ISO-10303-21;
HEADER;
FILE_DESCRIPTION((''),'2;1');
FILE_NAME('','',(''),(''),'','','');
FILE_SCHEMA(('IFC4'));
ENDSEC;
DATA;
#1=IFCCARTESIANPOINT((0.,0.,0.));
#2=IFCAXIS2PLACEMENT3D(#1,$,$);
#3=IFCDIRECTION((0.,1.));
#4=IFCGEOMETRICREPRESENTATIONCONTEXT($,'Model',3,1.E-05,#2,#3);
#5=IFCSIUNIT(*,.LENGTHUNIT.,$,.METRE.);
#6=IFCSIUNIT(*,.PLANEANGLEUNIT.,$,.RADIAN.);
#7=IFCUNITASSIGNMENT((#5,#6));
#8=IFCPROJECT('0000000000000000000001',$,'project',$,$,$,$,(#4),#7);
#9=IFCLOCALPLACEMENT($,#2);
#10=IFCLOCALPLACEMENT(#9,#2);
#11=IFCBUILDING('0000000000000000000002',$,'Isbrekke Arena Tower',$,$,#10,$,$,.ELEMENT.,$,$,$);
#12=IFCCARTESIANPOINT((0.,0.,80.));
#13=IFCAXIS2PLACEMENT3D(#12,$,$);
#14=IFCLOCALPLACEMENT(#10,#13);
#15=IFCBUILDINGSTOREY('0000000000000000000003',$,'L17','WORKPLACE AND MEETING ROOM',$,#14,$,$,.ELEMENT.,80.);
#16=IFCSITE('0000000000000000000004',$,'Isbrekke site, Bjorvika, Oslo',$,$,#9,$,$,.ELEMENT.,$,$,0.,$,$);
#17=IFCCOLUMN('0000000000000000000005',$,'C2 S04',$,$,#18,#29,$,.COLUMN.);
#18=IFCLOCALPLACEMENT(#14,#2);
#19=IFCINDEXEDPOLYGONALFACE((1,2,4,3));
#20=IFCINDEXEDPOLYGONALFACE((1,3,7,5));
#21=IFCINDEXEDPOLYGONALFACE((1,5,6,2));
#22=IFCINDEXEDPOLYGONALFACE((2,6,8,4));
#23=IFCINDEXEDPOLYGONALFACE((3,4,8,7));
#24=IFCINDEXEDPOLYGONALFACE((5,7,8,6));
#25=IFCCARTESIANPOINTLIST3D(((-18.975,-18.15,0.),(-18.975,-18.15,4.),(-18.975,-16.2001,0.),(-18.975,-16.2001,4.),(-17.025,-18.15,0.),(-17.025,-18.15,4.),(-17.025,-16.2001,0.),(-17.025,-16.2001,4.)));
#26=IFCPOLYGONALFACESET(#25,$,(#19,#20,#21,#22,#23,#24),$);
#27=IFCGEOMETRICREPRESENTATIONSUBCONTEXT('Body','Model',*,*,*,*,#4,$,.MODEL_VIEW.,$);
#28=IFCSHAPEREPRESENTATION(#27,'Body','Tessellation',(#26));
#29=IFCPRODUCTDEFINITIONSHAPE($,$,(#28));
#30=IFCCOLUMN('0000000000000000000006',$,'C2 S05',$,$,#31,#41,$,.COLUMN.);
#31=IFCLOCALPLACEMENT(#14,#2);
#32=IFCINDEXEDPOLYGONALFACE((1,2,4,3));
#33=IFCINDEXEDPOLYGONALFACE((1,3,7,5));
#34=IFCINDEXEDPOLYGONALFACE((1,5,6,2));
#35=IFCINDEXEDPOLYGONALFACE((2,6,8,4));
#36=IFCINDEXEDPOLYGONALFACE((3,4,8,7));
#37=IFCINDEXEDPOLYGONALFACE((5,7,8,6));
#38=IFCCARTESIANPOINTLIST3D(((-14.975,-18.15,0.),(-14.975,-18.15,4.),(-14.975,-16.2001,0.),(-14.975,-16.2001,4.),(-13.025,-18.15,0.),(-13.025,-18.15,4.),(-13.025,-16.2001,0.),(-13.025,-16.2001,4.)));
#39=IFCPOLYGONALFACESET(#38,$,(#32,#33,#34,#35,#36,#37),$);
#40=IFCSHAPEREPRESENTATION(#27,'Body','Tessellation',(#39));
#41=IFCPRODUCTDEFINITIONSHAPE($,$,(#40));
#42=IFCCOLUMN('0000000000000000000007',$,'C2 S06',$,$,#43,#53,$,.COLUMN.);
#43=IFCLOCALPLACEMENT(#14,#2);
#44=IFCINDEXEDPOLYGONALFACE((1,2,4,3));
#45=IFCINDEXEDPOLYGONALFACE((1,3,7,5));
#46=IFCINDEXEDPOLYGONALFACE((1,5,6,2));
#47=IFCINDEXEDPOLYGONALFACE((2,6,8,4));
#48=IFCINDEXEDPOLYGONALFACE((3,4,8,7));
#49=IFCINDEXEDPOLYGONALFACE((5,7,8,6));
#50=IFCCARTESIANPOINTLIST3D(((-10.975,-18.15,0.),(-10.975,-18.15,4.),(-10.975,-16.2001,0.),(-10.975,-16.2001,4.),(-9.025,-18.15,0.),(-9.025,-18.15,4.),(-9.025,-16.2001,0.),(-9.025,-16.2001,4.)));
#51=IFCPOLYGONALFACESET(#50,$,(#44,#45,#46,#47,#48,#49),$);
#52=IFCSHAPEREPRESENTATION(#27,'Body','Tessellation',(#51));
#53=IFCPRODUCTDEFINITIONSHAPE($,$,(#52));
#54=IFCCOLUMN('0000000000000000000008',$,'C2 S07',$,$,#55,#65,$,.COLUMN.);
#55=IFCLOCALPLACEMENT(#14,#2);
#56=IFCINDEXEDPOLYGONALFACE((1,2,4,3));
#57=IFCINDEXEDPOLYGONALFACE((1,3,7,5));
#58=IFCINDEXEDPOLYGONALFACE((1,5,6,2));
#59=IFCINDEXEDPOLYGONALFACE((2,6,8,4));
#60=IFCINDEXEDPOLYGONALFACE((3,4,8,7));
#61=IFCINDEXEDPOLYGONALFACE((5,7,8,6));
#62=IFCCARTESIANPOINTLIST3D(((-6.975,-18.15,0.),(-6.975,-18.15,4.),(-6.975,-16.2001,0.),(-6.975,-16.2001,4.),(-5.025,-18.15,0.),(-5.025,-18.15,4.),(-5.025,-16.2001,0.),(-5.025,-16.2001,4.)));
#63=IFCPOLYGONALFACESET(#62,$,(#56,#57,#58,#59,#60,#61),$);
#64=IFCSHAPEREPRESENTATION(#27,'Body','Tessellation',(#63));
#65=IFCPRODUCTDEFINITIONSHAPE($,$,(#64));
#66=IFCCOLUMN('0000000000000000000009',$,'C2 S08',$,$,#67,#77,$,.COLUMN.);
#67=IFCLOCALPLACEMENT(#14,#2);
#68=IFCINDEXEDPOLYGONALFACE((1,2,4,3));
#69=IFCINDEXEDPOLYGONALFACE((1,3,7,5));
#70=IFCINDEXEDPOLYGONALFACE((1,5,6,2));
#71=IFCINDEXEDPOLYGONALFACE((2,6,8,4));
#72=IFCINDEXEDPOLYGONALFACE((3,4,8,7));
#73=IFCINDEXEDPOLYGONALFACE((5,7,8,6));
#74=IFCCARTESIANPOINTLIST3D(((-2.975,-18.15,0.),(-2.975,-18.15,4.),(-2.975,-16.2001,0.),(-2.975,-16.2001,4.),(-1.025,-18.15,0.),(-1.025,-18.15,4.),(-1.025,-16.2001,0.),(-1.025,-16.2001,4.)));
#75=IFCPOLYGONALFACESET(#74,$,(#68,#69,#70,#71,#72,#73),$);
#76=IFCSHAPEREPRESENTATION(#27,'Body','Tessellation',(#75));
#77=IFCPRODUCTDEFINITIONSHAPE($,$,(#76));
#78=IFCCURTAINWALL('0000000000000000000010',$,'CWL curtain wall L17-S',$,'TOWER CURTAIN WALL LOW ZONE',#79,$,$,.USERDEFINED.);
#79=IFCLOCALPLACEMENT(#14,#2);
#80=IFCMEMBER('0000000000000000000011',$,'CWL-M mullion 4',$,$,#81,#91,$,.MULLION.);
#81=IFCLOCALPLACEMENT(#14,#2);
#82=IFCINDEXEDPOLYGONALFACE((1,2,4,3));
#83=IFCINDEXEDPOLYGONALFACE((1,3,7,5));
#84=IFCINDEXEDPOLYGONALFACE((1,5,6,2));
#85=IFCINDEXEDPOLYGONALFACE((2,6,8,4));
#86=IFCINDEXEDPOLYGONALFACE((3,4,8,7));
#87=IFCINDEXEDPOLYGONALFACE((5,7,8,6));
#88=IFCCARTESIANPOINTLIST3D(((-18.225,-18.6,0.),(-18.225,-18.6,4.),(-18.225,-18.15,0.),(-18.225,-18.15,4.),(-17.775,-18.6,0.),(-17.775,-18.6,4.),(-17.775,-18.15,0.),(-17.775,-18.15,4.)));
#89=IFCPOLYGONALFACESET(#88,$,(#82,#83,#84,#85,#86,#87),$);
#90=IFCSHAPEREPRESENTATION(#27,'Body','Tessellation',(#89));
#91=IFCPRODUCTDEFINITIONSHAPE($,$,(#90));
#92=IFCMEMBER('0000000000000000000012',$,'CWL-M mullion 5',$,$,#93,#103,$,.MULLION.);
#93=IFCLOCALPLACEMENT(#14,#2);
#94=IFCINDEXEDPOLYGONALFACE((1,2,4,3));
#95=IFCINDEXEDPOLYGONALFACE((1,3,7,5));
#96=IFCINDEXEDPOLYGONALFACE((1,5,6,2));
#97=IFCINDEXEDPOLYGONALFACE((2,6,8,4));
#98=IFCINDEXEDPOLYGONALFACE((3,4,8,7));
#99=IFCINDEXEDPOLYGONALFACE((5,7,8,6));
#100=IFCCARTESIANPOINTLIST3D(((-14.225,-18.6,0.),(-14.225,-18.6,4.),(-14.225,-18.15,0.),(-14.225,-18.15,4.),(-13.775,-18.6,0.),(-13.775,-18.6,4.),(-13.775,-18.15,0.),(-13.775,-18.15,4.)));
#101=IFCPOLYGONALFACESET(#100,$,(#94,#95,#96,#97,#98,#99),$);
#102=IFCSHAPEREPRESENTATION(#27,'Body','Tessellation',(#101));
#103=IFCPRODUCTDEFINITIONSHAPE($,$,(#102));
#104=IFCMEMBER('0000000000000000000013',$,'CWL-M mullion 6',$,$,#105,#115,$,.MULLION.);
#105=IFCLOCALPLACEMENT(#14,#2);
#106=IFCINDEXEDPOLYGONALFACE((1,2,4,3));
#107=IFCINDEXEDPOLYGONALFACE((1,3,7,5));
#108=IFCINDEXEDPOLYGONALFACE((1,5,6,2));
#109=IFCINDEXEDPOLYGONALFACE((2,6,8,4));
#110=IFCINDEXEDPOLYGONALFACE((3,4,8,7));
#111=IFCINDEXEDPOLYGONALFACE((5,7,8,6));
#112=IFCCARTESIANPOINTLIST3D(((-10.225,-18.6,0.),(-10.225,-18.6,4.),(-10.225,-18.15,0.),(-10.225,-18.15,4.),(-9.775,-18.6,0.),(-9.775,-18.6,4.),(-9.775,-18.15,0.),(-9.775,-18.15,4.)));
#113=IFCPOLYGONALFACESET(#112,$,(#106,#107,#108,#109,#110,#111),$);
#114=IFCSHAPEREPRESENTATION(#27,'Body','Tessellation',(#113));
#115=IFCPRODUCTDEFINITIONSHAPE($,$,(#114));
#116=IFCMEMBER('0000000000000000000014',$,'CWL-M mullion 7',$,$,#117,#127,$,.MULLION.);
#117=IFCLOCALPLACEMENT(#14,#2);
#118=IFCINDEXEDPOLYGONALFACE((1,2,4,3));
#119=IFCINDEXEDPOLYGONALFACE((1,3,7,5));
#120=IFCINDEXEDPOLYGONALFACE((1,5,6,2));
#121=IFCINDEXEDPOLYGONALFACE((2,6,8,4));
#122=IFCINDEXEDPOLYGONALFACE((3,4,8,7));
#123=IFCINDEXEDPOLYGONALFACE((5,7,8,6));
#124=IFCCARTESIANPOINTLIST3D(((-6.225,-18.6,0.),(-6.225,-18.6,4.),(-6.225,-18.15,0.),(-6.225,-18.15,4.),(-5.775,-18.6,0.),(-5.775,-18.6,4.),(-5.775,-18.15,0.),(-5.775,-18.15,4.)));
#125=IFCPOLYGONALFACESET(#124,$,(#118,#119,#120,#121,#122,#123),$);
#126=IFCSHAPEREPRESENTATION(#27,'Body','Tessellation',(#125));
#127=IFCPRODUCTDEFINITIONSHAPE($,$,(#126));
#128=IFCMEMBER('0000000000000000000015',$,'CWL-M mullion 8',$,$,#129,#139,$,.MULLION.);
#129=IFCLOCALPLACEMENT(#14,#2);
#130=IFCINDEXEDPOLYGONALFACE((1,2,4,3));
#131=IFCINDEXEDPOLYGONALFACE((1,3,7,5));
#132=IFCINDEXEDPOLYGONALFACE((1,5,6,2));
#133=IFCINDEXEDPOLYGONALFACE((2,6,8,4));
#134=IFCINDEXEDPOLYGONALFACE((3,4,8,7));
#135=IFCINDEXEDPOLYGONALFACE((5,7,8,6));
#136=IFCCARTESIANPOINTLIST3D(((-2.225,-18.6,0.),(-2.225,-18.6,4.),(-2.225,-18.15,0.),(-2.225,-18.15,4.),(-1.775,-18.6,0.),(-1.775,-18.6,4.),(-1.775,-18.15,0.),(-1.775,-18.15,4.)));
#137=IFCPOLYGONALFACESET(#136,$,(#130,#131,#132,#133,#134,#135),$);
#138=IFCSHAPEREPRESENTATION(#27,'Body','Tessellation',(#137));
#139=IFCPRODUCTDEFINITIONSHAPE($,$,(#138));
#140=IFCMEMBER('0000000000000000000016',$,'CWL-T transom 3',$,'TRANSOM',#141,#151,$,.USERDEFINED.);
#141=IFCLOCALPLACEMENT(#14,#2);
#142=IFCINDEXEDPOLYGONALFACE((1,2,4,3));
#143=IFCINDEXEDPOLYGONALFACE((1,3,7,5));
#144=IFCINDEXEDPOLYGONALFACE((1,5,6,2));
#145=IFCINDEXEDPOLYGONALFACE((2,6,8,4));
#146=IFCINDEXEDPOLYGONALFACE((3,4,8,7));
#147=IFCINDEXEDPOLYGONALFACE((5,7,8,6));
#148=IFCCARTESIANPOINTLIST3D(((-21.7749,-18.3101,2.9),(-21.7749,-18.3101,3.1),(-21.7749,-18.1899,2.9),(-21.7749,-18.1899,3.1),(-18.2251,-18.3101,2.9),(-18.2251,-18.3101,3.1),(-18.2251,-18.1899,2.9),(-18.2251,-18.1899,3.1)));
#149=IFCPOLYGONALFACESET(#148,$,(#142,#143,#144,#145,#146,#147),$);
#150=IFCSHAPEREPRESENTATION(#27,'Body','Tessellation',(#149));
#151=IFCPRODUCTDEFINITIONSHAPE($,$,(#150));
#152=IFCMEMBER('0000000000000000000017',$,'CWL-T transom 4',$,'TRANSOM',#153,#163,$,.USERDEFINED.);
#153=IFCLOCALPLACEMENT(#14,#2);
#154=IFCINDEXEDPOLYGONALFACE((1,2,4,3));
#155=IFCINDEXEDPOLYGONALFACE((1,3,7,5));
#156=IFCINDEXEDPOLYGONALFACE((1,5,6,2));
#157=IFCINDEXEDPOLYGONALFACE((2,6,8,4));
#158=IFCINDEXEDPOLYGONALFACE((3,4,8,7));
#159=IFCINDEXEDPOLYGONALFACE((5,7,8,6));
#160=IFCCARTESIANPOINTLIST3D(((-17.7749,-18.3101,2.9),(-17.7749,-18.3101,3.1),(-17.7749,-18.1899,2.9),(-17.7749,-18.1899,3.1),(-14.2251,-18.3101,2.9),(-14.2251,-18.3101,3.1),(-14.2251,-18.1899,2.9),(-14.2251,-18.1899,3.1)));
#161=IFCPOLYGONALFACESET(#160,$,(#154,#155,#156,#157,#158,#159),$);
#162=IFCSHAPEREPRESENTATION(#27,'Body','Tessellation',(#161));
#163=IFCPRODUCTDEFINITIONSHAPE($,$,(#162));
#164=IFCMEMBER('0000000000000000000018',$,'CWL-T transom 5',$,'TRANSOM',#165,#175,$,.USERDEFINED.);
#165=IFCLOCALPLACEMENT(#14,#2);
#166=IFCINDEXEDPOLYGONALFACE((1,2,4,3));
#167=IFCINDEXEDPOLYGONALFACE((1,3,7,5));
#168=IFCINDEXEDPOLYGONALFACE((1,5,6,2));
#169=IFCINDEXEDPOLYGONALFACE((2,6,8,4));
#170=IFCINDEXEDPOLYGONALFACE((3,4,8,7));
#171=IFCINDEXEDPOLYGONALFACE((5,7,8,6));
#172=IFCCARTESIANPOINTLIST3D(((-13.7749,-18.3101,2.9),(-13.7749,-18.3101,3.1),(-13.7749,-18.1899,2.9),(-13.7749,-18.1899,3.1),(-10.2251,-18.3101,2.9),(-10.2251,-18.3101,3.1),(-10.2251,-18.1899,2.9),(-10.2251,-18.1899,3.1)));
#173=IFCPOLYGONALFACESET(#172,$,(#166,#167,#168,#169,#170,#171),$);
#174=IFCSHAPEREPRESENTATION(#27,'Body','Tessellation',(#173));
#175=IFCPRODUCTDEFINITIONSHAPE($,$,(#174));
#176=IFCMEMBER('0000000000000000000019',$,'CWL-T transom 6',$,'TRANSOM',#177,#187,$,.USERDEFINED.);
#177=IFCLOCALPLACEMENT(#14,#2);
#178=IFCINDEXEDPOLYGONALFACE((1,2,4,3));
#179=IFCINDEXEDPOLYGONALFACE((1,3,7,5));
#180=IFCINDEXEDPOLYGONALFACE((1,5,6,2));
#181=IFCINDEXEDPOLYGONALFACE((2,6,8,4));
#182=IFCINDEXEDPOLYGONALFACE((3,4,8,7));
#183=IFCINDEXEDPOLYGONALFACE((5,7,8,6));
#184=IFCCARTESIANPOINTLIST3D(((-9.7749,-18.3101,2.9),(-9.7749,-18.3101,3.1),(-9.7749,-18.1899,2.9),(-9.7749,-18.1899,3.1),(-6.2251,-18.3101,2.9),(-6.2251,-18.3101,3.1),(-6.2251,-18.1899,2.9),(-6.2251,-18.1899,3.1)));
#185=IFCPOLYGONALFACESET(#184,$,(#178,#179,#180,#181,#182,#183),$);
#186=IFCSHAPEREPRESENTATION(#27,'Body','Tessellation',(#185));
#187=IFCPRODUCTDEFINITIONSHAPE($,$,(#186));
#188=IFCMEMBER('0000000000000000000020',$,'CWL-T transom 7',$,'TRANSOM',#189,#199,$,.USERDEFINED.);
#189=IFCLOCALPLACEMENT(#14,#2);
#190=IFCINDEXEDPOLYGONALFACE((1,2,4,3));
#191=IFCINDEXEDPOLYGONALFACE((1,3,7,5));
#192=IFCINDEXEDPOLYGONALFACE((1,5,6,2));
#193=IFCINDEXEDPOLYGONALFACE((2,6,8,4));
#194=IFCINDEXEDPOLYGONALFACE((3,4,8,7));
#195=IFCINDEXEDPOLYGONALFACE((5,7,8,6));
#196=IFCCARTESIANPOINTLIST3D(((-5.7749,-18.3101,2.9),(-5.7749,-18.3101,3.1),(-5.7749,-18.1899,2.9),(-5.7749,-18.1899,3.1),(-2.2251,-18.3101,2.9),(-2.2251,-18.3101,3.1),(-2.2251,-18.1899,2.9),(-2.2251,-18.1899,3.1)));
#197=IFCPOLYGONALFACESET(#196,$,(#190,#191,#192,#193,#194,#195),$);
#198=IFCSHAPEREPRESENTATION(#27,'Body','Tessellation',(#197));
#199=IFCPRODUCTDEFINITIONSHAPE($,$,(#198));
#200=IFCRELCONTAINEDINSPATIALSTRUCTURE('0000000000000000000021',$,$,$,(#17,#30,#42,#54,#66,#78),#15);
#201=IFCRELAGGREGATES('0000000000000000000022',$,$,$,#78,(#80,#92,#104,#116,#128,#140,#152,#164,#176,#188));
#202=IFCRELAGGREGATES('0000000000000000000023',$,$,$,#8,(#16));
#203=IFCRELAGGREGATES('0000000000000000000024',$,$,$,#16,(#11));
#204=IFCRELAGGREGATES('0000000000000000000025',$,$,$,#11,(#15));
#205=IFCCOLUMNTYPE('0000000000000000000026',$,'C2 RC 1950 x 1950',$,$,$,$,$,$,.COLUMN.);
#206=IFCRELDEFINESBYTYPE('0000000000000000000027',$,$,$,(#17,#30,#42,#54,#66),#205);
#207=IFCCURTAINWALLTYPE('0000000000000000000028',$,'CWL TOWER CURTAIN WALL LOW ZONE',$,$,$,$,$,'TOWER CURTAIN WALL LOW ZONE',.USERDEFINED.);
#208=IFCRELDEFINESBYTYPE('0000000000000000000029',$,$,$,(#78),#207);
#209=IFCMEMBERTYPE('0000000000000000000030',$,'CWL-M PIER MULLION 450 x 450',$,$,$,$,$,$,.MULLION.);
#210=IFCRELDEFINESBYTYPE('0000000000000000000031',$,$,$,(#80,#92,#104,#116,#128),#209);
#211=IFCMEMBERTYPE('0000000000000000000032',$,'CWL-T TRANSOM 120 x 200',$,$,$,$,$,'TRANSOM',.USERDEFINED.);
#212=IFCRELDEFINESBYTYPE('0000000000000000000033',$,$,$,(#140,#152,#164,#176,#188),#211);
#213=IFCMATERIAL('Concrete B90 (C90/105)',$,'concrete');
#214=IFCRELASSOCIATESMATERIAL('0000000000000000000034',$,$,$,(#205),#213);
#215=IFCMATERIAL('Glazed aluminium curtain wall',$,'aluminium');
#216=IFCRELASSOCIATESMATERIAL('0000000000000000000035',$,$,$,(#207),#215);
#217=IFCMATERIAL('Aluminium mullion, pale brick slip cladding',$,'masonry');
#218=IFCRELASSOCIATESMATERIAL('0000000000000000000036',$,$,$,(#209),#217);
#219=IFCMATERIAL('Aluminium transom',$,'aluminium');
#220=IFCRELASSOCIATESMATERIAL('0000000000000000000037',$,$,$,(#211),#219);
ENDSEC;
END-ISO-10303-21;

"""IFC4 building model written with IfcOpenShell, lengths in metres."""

from ifc_helpers import new_model, si_unit, direction, frame, origin, origin_2d, place, context, subcontext, project, spatial, rectangle, extrude, material, material_profile, profile_set, type_object, element, aggregate, save


model = new_model("IFC4")

# Units and contexts
model_context = context("Model", 3, precision=1e-05, world=origin(), true_north=direction((0.0, 1.0)))
body_context = subcontext(model_context, "Body", "Model", "MODEL_VIEW")
ifc_project = project(units=[si_unit("LENGTHUNIT", "METRE"), si_unit("PLANEANGLEUNIT", "RADIAN")], contexts=[model_context])

# Site, building, storey
site_placement = place(None, origin())
site = spatial("IfcSite", under=ifc_project, at=site_placement, Name="Isbrekke site, Bjorvika, Oslo", CompositionType="ELEMENT", RefElevation=0.0)
building_placement = place(site_placement, origin())
building = spatial("IfcBuilding", under=site, at=building_placement, Name="Isbrekke Arena Tower", CompositionType="ELEMENT")
storey_placement = place(building_placement, frame((0.0, 0.0, 80.0)))
storey = spatial("IfcBuildingStorey", under=building, at=storey_placement, Name="L17", Description="WORKPLACE AND MEETING ROOM", CompositionType="ELEMENT", Elevation=80.0)

# Columns
ifc_material_1 = material(Name="Concrete B90 (C90/105)", Category="concrete")
ifc_material_profile_1 = material_profile(ifc_material_1, rectangle(XDim=1.95, YDim=1.95, at=origin_2d()), Name="RC 1950x1950")
ifc_profile_set_1 = profile_set([ifc_material_profile_1], Name="Concrete B90 (C90/105)")
column_type = type_object("IfcColumnType", Name="C2 RC 1950 x 1950", PredefinedType="COLUMN", material=ifc_profile_set_1)
for number, where, z_axis, x_axis, name in (
    (1, (-18.0, -17.175, 0.0), (0.0, 0.0, 1.0), (1.0, 0.0, 0.0), "C2 S04"),
    (2, (-14.0, -17.175, 0.0), (0.0, 0.0, 1.0), (1.0, 0.0, 0.0), "C2 S05"),
    (3, (-10.0, -17.175, 0.0), (0.0, 0.0, 1.0), (1.0, 0.0, 0.0), "C2 S06"),
    (4, (-6.0, -17.175, 0.0), (0.0, 0.0, 1.0), (1.0, 0.0, 0.0), "C2 S07"),
    (5, (-2.0, -17.175, 0.0), (0.0, 0.0, 1.0), (1.0, 0.0, 0.0), "C2 S08"),
):
    element("IfcColumn", number, at=place(storey_placement, frame(where, z_axis=z_axis, x_axis=x_axis)), inside=storey, type_object=column_type, Name=name, PredefinedType="COLUMN", context=body_context, shape_type="SweptSolid", body=[
        extrude(rectangle(XDim=1.95, YDim=1.95, at=origin_2d()), origin(), (0.0, 0.0, 1.0), 4.0),
    ])

# Curtain wall, members
ifc_material_2 = material(Name="Glazed aluminium curtain wall", Category="aluminium")
curtain_wall_type = type_object("IfcCurtainWallType", Name="CWL TOWER CURTAIN WALL LOW ZONE", ElementType="TOWER CURTAIN WALL LOW ZONE", PredefinedType="USERDEFINED", material=ifc_material_2)
curtain_wall_placement = place(storey_placement, origin())
curtain_wall = element("IfcCurtainWall", 6, at=curtain_wall_placement, inside=storey, type_object=curtain_wall_type, Name="CWL curtain wall L17-S", ObjectType="TOWER CURTAIN WALL LOW ZONE", PredefinedType="USERDEFINED")
ifc_material_3 = material(Name="Aluminium mullion, pale brick slip cladding", Category="masonry")
ifc_material_profile_2 = material_profile(ifc_material_3, rectangle(XDim=0.45, YDim=0.45, at=origin_2d()), Name="PIER 450X450")
ifc_profile_set_2 = profile_set([ifc_material_profile_2], Name="Aluminium mullion, pale brick slip cladding")
member_type_1 = type_object("IfcMemberType", Name="CWL-M PIER MULLION 450 x 450", PredefinedType="MULLION", material=ifc_profile_set_2)
member_1_placement = place(storey_placement, frame((-18.0, -18.375, 0.0), z_axis=(0.0, 0.0, 1.0), x_axis=(1.0, 0.0, 0.0)))
member_1 = element("IfcMember", 7, at=member_1_placement, type_object=member_type_1, Name="CWL-M mullion 4", PredefinedType="MULLION", context=body_context, shape_type="SweptSolid", body=[
    extrude(rectangle(XDim=0.45, YDim=0.45, at=origin_2d()), origin(), (0.0, 0.0, 1.0), 4.0),
])
member_2_placement = place(storey_placement, frame((-14.0, -18.375, 0.0), z_axis=(0.0, 0.0, 1.0), x_axis=(1.0, 0.0, 0.0)))
member_2 = element("IfcMember", 8, at=member_2_placement, type_object=member_type_1, Name="CWL-M mullion 5", PredefinedType="MULLION", context=body_context, shape_type="SweptSolid", body=[
    extrude(rectangle(XDim=0.45, YDim=0.45, at=origin_2d()), origin(), (0.0, 0.0, 1.0), 4.0),
])
member_3_placement = place(storey_placement, frame((-10.0, -18.375, 0.0), z_axis=(0.0, 0.0, 1.0), x_axis=(1.0, 0.0, 0.0)))
member_3 = element("IfcMember", 9, at=member_3_placement, type_object=member_type_1, Name="CWL-M mullion 6", PredefinedType="MULLION", context=body_context, shape_type="SweptSolid", body=[
    extrude(rectangle(XDim=0.45, YDim=0.45, at=origin_2d()), origin(), (0.0, 0.0, 1.0), 4.0),
])
member_4_placement = place(storey_placement, frame((-6.0, -18.375, 0.0), z_axis=(0.0, 0.0, 1.0), x_axis=(1.0, 0.0, 0.0)))
member_4 = element("IfcMember", 10, at=member_4_placement, type_object=member_type_1, Name="CWL-M mullion 7", PredefinedType="MULLION", context=body_context, shape_type="SweptSolid", body=[
    extrude(rectangle(XDim=0.45, YDim=0.45, at=origin_2d()), origin(), (0.0, 0.0, 1.0), 4.0),
])
member_5_placement = place(storey_placement, frame((-2.0, -18.375, 0.0), z_axis=(0.0, 0.0, 1.0), x_axis=(1.0, 0.0, 0.0)))
member_5 = element("IfcMember", 11, at=member_5_placement, type_object=member_type_1, Name="CWL-M mullion 8", PredefinedType="MULLION", context=body_context, shape_type="SweptSolid", body=[
    extrude(rectangle(XDim=0.45, YDim=0.45, at=origin_2d()), origin(), (0.0, 0.0, 1.0), 4.0),
])
ifc_material_4 = material(Name="Aluminium transom", Category="aluminium")
ifc_material_profile_3 = material_profile(ifc_material_4, rectangle(XDim=0.1201, YDim=0.2, at=origin_2d()), Name="TRANSOM 120X200")
ifc_profile_set_3 = profile_set([ifc_material_profile_3], Name="Aluminium transom")
member_type_2 = type_object("IfcMemberType", Name="CWL-T TRANSOM 120 x 200", ElementType="TRANSOM", PredefinedType="USERDEFINED", material=ifc_profile_set_3)
member_6_placement = place(storey_placement, frame((-21.7749, -18.25, 3.0), z_axis=(1.0, 0.0, 0.0), x_axis=(0.0, 1.0, 0.0)))
member_6 = element("IfcMember", 12, at=member_6_placement, type_object=member_type_2, Name="CWL-T transom 3", ObjectType="TRANSOM", PredefinedType="USERDEFINED", context=body_context, shape_type="SweptSolid", body=[
    extrude(rectangle(XDim=0.1201, YDim=0.2, at=origin_2d()), origin(), (0.0, 0.0, 1.0), 3.5498),
])
member_7_placement = place(storey_placement, frame((-17.7749, -18.25, 3.0), z_axis=(1.0, 0.0, 0.0), x_axis=(0.0, 1.0, 0.0)))
member_7 = element("IfcMember", 13, at=member_7_placement, type_object=member_type_2, Name="CWL-T transom 4", ObjectType="TRANSOM", PredefinedType="USERDEFINED", context=body_context, shape_type="SweptSolid", body=[
    extrude(rectangle(XDim=0.1201, YDim=0.2, at=origin_2d()), origin(), (0.0, 0.0, 1.0), 3.5498),
])
member_8_placement = place(storey_placement, frame((-13.7749, -18.25, 3.0), z_axis=(1.0, 0.0, 0.0), x_axis=(0.0, 1.0, 0.0)))
member_8 = element("IfcMember", 14, at=member_8_placement, type_object=member_type_2, Name="CWL-T transom 5", ObjectType="TRANSOM", PredefinedType="USERDEFINED", context=body_context, shape_type="SweptSolid", body=[
    extrude(rectangle(XDim=0.1201, YDim=0.2, at=origin_2d()), origin(), (0.0, 0.0, 1.0), 3.5498),
])
member_9_placement = place(storey_placement, frame((-9.7749, -18.25, 3.0), z_axis=(1.0, 0.0, 0.0), x_axis=(0.0, 1.0, 0.0)))
member_9 = element("IfcMember", 15, at=member_9_placement, type_object=member_type_2, Name="CWL-T transom 6", ObjectType="TRANSOM", PredefinedType="USERDEFINED", context=body_context, shape_type="SweptSolid", body=[
    extrude(rectangle(XDim=0.1201, YDim=0.2, at=origin_2d()), origin(), (0.0, 0.0, 1.0), 3.5498),
])
member_10_placement = place(storey_placement, frame((-5.7749, -18.25, 3.0), z_axis=(1.0, 0.0, 0.0), x_axis=(0.0, 1.0, 0.0)))
member_10 = element("IfcMember", 16, at=member_10_placement, type_object=member_type_2, Name="CWL-T transom 7", ObjectType="TRANSOM", PredefinedType="USERDEFINED", context=body_context, shape_type="SweptSolid", body=[
    extrude(rectangle(XDim=0.1201, YDim=0.2, at=origin_2d()), origin(), (0.0, 0.0, 1.0), 3.5498),
])

aggregate(curtain_wall, [member_1, member_2, member_3, member_4, member_5, member_6, member_7, member_8, member_9, member_10])

save(model, "model.ifc")
